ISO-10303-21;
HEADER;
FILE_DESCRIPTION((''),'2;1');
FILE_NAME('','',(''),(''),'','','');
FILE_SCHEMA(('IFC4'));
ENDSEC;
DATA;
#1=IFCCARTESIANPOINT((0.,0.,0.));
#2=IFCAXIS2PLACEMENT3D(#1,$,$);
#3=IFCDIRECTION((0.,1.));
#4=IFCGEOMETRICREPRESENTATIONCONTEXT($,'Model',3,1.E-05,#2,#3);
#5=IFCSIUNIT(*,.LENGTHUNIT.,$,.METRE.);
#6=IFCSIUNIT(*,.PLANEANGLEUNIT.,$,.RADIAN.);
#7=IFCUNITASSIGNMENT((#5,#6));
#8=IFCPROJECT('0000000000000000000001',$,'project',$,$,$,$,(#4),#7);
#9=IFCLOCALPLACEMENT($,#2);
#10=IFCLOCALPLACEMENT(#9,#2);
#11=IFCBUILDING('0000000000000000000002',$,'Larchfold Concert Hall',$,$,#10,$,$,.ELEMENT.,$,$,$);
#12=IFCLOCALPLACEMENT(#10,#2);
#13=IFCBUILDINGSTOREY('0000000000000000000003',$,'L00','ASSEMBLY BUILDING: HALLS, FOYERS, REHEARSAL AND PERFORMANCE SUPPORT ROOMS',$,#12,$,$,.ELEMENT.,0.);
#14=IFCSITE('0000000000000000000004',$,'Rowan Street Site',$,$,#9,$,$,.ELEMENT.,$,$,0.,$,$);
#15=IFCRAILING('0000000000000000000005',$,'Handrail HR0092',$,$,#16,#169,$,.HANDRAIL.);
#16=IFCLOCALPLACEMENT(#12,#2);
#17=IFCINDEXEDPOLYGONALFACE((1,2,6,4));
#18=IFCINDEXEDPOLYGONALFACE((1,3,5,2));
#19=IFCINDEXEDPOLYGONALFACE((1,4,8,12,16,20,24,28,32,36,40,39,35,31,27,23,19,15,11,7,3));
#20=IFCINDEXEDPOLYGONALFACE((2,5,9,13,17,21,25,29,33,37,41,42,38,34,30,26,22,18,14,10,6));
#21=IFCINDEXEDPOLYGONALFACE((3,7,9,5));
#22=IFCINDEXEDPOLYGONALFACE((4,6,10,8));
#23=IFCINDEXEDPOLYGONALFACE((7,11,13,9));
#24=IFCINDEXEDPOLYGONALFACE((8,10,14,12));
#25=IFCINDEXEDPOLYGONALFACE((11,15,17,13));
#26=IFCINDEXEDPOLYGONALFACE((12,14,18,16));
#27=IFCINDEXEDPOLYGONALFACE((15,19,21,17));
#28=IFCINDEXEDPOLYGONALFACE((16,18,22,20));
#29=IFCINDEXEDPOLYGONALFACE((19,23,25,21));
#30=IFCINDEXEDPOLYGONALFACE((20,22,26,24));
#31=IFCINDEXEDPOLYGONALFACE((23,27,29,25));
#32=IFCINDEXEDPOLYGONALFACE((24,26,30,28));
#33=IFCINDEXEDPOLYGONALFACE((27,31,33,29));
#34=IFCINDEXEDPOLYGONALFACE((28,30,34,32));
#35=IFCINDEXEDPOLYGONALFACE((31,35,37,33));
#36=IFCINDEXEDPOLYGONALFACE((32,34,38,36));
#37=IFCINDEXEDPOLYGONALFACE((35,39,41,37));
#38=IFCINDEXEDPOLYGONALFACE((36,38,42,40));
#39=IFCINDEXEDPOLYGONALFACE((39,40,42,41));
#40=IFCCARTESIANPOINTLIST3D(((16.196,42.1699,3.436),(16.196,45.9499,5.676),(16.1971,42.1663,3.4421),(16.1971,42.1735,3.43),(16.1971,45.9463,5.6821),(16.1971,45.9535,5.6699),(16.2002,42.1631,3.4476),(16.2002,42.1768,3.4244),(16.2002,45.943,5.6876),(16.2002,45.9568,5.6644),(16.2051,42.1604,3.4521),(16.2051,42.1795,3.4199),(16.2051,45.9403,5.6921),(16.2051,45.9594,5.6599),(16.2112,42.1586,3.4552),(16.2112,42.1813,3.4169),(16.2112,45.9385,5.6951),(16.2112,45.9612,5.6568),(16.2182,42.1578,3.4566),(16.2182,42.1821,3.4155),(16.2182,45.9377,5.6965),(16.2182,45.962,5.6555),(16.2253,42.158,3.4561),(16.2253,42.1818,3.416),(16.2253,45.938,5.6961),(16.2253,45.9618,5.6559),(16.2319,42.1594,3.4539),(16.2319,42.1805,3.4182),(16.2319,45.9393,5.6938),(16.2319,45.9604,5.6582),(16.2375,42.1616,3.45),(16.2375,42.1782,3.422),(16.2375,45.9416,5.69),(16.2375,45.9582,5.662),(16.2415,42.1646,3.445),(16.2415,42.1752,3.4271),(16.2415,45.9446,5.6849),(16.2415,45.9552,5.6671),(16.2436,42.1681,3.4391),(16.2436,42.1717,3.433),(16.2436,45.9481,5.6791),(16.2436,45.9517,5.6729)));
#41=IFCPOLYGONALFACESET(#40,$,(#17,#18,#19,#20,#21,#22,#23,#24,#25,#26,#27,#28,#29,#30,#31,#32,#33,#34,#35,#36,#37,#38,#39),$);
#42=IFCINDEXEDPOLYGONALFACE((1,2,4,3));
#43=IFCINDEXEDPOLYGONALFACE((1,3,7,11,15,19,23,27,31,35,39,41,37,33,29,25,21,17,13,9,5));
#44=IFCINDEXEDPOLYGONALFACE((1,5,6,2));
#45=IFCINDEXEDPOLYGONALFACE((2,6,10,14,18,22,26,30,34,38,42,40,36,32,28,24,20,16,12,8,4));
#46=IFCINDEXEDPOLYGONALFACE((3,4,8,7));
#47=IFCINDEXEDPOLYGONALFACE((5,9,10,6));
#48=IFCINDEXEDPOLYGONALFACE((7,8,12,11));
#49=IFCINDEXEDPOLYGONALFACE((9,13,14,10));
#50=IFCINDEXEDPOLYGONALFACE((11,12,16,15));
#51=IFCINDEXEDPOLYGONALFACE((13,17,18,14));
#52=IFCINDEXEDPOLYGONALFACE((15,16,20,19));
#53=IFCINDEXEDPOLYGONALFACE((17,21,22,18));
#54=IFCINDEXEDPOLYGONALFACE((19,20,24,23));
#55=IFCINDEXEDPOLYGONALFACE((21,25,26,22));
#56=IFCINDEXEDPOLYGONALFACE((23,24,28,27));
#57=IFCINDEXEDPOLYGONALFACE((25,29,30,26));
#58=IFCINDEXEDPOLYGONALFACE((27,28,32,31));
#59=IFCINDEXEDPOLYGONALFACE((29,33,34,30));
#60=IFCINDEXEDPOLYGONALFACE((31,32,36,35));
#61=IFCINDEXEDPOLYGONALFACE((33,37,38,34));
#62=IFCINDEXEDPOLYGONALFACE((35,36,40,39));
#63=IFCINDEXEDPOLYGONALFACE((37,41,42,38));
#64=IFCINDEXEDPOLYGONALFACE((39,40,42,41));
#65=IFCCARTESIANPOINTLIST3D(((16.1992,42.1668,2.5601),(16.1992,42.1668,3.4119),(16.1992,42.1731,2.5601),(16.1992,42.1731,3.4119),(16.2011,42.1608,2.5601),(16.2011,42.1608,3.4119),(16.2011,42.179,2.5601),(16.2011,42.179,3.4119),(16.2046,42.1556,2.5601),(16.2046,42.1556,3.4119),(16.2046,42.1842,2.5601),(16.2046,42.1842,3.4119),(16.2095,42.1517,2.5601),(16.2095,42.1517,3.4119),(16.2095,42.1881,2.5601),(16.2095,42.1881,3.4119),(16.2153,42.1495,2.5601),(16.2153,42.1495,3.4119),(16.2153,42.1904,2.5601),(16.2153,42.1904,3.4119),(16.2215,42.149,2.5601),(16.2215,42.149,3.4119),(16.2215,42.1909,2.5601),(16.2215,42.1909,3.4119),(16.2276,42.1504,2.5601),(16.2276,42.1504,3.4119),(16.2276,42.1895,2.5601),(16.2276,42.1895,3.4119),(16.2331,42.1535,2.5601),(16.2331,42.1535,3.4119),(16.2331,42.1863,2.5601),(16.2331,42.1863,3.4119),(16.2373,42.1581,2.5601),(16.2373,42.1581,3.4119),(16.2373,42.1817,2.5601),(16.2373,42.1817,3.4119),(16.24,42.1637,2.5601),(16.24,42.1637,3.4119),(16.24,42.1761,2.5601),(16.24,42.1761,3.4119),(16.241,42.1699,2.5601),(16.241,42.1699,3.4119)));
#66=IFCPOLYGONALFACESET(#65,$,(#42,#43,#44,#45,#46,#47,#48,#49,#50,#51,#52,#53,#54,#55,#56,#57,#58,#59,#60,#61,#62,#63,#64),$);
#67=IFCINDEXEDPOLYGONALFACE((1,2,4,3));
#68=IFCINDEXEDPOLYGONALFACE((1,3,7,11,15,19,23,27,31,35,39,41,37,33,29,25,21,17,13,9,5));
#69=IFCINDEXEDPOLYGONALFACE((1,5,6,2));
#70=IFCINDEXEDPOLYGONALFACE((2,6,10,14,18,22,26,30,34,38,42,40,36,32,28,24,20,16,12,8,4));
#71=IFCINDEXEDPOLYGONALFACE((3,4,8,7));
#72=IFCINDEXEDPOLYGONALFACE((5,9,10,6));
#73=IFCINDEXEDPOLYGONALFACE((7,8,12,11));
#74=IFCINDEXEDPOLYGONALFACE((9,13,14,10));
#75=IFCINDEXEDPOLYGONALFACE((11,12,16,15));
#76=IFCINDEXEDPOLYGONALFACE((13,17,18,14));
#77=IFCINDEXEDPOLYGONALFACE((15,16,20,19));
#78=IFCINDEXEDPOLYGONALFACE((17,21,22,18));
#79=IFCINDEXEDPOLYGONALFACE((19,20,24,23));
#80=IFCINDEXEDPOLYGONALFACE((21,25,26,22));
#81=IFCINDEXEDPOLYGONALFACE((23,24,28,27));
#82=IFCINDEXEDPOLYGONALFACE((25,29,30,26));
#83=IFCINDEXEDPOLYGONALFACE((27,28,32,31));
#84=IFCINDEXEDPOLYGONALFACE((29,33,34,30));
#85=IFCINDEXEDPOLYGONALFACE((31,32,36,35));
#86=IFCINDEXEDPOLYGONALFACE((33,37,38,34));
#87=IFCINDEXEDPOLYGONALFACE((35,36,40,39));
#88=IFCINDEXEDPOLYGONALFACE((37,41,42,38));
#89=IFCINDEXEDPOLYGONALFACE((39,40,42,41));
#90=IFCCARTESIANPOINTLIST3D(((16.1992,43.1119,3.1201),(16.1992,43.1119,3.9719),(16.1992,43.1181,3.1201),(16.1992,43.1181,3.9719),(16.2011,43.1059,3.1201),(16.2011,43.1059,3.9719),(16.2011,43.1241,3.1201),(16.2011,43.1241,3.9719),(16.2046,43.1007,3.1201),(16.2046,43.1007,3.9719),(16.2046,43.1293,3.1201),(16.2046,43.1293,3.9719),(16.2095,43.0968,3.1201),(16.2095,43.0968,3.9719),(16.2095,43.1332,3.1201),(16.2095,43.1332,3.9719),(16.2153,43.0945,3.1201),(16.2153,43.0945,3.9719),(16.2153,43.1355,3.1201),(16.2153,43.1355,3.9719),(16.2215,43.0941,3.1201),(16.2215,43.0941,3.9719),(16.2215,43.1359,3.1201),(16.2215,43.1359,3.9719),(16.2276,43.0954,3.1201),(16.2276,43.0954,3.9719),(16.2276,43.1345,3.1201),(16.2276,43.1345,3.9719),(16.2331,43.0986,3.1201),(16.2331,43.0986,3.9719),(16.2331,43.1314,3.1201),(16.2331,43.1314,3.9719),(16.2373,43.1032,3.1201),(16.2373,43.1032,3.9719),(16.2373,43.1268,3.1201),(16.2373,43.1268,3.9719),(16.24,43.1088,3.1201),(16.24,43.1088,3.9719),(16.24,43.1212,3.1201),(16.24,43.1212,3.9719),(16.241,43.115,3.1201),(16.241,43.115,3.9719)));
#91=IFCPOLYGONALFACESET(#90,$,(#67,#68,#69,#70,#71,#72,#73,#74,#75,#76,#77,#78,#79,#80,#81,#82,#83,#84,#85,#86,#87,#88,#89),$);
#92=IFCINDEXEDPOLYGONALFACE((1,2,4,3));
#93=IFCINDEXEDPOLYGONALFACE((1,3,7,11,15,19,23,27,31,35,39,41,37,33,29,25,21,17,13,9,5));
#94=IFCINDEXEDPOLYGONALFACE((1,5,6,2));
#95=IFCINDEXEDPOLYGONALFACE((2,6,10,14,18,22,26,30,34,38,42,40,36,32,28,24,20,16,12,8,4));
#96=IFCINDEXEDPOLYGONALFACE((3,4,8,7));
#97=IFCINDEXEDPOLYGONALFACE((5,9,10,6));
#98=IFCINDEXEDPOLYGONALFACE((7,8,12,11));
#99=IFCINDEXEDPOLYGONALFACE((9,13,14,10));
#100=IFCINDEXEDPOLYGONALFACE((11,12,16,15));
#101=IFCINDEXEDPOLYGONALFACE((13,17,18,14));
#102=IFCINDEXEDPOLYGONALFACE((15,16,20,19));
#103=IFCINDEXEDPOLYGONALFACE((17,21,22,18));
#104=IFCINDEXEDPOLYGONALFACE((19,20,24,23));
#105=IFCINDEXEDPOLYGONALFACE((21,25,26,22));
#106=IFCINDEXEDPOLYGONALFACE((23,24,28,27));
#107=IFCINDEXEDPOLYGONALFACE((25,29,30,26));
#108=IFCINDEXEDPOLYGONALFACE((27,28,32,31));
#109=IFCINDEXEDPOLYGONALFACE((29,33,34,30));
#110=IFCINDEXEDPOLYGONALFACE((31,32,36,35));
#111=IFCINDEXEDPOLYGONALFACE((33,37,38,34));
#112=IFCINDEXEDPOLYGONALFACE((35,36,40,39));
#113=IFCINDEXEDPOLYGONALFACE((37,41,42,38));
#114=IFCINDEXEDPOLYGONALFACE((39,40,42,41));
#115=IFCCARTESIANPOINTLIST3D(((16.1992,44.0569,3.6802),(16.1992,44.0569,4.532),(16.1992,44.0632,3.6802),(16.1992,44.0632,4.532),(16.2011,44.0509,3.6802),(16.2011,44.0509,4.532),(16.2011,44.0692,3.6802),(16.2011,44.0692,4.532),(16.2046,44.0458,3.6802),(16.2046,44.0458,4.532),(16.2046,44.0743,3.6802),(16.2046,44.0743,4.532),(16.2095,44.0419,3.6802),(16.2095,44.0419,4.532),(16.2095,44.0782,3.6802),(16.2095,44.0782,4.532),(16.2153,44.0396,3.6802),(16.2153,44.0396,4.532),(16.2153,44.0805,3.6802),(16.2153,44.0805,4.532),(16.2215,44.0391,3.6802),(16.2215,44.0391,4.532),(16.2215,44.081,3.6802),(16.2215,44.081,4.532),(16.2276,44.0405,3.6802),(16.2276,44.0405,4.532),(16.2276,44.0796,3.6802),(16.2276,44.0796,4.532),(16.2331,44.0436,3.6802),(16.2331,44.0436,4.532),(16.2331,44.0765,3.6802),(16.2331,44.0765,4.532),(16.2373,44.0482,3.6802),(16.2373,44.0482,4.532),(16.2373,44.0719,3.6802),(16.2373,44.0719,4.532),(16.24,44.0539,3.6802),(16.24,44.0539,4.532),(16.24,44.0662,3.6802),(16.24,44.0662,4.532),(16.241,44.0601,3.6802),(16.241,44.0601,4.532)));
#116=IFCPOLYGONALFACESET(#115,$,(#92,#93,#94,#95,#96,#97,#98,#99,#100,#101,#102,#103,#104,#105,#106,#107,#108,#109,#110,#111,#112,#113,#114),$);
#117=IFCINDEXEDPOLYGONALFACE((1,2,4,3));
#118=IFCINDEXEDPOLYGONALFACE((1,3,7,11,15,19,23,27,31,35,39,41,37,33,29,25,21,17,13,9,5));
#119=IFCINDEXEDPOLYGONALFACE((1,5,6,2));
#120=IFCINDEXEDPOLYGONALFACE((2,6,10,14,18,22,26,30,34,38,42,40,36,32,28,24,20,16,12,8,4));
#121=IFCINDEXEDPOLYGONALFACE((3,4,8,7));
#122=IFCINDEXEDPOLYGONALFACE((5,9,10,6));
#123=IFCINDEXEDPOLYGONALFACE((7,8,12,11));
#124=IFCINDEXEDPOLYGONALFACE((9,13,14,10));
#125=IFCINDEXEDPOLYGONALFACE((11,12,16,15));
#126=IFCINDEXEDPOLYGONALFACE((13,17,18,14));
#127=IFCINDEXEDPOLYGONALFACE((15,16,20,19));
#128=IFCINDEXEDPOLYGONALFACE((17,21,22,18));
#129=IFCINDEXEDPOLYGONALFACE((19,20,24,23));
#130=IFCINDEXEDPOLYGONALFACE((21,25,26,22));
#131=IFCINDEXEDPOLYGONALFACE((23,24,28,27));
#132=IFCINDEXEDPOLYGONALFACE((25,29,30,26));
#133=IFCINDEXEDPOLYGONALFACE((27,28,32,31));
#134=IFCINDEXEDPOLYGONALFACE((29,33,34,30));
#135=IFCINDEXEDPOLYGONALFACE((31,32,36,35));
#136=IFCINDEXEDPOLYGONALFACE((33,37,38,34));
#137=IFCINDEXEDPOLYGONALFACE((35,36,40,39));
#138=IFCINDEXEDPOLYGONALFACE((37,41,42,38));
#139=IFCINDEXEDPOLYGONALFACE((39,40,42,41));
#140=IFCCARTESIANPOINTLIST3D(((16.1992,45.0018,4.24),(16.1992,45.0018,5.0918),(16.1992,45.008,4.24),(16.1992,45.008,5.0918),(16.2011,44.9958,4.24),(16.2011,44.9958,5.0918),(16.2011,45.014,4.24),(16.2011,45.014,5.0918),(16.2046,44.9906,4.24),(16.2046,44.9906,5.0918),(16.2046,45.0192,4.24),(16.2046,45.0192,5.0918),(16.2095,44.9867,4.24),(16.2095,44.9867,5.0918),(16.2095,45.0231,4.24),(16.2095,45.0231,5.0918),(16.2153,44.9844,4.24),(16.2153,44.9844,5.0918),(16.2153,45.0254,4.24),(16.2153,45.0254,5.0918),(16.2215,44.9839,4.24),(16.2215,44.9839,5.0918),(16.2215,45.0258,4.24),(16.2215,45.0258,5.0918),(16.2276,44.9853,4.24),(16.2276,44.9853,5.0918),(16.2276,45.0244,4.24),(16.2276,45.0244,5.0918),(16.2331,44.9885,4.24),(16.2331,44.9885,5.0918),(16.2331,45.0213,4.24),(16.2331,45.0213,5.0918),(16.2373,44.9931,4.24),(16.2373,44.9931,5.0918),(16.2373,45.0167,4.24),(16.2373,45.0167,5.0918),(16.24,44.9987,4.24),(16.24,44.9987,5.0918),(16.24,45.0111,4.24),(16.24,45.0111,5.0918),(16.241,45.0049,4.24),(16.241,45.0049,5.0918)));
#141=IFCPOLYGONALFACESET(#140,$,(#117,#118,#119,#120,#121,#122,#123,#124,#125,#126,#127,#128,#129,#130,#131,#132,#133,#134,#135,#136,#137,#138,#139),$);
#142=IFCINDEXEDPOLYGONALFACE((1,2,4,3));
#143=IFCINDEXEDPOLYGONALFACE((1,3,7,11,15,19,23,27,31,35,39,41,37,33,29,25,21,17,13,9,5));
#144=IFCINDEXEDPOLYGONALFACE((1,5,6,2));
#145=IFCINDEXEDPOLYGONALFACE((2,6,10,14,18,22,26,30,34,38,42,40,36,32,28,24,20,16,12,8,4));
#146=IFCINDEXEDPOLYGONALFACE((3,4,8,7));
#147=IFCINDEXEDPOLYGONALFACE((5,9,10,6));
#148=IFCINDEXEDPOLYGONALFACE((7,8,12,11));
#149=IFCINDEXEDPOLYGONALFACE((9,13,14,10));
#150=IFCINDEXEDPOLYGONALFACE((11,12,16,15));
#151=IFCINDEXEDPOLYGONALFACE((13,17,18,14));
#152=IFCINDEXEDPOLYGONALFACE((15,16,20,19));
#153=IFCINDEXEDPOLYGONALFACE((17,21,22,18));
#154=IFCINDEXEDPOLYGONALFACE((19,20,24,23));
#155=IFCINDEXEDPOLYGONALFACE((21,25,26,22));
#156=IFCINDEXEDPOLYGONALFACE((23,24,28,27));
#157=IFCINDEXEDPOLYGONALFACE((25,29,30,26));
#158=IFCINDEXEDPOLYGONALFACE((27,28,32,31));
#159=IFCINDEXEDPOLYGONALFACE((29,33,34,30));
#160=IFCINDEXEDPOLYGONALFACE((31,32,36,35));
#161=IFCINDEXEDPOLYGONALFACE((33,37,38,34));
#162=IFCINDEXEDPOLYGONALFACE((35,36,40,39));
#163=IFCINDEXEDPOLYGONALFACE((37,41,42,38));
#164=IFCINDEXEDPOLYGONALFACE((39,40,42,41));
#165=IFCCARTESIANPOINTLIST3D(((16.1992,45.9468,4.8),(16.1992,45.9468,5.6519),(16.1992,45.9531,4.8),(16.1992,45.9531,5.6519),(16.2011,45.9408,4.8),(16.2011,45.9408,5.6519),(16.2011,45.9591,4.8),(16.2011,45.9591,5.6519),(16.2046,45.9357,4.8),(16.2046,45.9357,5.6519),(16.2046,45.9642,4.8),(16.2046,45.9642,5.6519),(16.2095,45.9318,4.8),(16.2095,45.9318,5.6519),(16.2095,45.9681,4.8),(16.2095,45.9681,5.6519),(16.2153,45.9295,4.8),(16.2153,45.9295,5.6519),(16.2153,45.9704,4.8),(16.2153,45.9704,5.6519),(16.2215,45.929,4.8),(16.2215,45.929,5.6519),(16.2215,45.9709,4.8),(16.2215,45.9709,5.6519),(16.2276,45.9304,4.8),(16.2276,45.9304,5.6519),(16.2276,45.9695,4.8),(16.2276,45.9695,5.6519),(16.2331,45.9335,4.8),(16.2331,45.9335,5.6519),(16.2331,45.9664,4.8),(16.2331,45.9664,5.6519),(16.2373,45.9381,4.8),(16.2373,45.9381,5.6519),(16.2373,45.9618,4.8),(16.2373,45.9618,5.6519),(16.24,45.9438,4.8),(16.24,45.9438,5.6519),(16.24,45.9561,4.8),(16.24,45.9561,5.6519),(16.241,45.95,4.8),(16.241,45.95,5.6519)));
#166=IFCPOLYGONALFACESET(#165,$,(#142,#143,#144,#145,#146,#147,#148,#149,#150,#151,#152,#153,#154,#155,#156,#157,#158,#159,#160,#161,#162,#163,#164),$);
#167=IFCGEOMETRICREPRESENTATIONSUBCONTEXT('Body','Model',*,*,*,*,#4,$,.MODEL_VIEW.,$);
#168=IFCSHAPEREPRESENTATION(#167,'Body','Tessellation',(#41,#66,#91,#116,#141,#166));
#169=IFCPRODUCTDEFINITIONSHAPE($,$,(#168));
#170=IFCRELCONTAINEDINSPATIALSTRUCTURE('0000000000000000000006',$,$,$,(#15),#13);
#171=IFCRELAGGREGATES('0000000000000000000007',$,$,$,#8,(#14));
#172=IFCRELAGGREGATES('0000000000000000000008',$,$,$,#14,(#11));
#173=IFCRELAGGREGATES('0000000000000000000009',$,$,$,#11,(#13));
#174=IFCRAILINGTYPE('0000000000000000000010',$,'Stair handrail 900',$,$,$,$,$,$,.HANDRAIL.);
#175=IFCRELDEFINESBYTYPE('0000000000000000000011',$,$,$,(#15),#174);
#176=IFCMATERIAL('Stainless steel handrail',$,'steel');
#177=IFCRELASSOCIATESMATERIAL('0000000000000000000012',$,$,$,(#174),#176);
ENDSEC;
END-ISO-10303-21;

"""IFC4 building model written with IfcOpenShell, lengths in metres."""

from ifc_helpers import new_model, si_unit, direction, frame, origin, origin_2d, place, context, subcontext, project, spatial, circle, extrude, material, type_object, element, save


model = new_model("IFC4")

# Units and contexts
model_context = context("Model", 3, precision=1e-05, world=origin(), true_north=direction((0.0, 1.0)))
body_context = subcontext(model_context, "Body", "Model", "MODEL_VIEW")
ifc_project = project(units=[si_unit("LENGTHUNIT", "METRE"), si_unit("PLANEANGLEUNIT", "RADIAN")], contexts=[model_context])

# Site, building, storey
site_placement = place(None, origin())
site = spatial("IfcSite", under=ifc_project, at=site_placement, Name="Rowan Street Site", CompositionType="ELEMENT", RefElevation=0.0)
building_placement = place(site_placement, origin())
building = spatial("IfcBuilding", under=site, at=building_placement, Name="Larchfold Concert Hall", CompositionType="ELEMENT")
storey_placement = place(building_placement, origin())
storey = spatial("IfcBuildingStorey", under=building, at=storey_placement, Name="L00", Description="ASSEMBLY BUILDING: HALLS, FOYERS, REHEARSAL AND PERFORMANCE SUPPORT ROOMS", CompositionType="ELEMENT", Elevation=0.0)

# Railing
ifc_material_1 = material(Name="Stainless steel handrail", Category="steel")
railing_type_1 = type_object("IfcRailingType", Name="Stair handrail 900", PredefinedType="HANDRAIL", material=ifc_material_1)
railing_1_placement = place(storey_placement, frame((16.22, 42.1699, 2.5601)))
element("IfcRailing", 1, at=railing_1_placement, inside=storey, type_object=railing_type_1, Name="Handrail HR0092", PredefinedType="HANDRAIL", context=body_context, shape_type="SweptSolid", body=[
    extrude(circle(Radius=0.0239, at=origin_2d()), frame((0.0, 0.0, 0.876), z_axis=(0.0, 0.860294, 0.509798), x_axis=(-1.0, 0.0, 0.0)), (0.0, 0.0, 1.0), 4.3938),
    extrude(circle(Radius=0.021, at=origin_2d()), origin(), (0.0, 0.0, 1.0), 0.8518),
    extrude(circle(Radius=0.021, at=origin_2d()), frame((0.0, 0.9451, 0.5601)), (0.0, 0.0, 1.0), 0.8518),
    extrude(circle(Radius=0.021, at=origin_2d()), frame((0.0, 1.8901, 1.1201)), (0.0, 0.0, 1.0), 0.8518),
    extrude(circle(Radius=0.021, at=origin_2d()), frame((0.0, 2.835, 1.6799)), (0.0, 0.0, 1.0), 0.8518),
    extrude(circle(Radius=0.021, at=origin_2d()), frame((0.0, 3.78, 2.24)), (0.0, 0.0, 1.0), 0.8518),
])

save(model, "model.ifc")
